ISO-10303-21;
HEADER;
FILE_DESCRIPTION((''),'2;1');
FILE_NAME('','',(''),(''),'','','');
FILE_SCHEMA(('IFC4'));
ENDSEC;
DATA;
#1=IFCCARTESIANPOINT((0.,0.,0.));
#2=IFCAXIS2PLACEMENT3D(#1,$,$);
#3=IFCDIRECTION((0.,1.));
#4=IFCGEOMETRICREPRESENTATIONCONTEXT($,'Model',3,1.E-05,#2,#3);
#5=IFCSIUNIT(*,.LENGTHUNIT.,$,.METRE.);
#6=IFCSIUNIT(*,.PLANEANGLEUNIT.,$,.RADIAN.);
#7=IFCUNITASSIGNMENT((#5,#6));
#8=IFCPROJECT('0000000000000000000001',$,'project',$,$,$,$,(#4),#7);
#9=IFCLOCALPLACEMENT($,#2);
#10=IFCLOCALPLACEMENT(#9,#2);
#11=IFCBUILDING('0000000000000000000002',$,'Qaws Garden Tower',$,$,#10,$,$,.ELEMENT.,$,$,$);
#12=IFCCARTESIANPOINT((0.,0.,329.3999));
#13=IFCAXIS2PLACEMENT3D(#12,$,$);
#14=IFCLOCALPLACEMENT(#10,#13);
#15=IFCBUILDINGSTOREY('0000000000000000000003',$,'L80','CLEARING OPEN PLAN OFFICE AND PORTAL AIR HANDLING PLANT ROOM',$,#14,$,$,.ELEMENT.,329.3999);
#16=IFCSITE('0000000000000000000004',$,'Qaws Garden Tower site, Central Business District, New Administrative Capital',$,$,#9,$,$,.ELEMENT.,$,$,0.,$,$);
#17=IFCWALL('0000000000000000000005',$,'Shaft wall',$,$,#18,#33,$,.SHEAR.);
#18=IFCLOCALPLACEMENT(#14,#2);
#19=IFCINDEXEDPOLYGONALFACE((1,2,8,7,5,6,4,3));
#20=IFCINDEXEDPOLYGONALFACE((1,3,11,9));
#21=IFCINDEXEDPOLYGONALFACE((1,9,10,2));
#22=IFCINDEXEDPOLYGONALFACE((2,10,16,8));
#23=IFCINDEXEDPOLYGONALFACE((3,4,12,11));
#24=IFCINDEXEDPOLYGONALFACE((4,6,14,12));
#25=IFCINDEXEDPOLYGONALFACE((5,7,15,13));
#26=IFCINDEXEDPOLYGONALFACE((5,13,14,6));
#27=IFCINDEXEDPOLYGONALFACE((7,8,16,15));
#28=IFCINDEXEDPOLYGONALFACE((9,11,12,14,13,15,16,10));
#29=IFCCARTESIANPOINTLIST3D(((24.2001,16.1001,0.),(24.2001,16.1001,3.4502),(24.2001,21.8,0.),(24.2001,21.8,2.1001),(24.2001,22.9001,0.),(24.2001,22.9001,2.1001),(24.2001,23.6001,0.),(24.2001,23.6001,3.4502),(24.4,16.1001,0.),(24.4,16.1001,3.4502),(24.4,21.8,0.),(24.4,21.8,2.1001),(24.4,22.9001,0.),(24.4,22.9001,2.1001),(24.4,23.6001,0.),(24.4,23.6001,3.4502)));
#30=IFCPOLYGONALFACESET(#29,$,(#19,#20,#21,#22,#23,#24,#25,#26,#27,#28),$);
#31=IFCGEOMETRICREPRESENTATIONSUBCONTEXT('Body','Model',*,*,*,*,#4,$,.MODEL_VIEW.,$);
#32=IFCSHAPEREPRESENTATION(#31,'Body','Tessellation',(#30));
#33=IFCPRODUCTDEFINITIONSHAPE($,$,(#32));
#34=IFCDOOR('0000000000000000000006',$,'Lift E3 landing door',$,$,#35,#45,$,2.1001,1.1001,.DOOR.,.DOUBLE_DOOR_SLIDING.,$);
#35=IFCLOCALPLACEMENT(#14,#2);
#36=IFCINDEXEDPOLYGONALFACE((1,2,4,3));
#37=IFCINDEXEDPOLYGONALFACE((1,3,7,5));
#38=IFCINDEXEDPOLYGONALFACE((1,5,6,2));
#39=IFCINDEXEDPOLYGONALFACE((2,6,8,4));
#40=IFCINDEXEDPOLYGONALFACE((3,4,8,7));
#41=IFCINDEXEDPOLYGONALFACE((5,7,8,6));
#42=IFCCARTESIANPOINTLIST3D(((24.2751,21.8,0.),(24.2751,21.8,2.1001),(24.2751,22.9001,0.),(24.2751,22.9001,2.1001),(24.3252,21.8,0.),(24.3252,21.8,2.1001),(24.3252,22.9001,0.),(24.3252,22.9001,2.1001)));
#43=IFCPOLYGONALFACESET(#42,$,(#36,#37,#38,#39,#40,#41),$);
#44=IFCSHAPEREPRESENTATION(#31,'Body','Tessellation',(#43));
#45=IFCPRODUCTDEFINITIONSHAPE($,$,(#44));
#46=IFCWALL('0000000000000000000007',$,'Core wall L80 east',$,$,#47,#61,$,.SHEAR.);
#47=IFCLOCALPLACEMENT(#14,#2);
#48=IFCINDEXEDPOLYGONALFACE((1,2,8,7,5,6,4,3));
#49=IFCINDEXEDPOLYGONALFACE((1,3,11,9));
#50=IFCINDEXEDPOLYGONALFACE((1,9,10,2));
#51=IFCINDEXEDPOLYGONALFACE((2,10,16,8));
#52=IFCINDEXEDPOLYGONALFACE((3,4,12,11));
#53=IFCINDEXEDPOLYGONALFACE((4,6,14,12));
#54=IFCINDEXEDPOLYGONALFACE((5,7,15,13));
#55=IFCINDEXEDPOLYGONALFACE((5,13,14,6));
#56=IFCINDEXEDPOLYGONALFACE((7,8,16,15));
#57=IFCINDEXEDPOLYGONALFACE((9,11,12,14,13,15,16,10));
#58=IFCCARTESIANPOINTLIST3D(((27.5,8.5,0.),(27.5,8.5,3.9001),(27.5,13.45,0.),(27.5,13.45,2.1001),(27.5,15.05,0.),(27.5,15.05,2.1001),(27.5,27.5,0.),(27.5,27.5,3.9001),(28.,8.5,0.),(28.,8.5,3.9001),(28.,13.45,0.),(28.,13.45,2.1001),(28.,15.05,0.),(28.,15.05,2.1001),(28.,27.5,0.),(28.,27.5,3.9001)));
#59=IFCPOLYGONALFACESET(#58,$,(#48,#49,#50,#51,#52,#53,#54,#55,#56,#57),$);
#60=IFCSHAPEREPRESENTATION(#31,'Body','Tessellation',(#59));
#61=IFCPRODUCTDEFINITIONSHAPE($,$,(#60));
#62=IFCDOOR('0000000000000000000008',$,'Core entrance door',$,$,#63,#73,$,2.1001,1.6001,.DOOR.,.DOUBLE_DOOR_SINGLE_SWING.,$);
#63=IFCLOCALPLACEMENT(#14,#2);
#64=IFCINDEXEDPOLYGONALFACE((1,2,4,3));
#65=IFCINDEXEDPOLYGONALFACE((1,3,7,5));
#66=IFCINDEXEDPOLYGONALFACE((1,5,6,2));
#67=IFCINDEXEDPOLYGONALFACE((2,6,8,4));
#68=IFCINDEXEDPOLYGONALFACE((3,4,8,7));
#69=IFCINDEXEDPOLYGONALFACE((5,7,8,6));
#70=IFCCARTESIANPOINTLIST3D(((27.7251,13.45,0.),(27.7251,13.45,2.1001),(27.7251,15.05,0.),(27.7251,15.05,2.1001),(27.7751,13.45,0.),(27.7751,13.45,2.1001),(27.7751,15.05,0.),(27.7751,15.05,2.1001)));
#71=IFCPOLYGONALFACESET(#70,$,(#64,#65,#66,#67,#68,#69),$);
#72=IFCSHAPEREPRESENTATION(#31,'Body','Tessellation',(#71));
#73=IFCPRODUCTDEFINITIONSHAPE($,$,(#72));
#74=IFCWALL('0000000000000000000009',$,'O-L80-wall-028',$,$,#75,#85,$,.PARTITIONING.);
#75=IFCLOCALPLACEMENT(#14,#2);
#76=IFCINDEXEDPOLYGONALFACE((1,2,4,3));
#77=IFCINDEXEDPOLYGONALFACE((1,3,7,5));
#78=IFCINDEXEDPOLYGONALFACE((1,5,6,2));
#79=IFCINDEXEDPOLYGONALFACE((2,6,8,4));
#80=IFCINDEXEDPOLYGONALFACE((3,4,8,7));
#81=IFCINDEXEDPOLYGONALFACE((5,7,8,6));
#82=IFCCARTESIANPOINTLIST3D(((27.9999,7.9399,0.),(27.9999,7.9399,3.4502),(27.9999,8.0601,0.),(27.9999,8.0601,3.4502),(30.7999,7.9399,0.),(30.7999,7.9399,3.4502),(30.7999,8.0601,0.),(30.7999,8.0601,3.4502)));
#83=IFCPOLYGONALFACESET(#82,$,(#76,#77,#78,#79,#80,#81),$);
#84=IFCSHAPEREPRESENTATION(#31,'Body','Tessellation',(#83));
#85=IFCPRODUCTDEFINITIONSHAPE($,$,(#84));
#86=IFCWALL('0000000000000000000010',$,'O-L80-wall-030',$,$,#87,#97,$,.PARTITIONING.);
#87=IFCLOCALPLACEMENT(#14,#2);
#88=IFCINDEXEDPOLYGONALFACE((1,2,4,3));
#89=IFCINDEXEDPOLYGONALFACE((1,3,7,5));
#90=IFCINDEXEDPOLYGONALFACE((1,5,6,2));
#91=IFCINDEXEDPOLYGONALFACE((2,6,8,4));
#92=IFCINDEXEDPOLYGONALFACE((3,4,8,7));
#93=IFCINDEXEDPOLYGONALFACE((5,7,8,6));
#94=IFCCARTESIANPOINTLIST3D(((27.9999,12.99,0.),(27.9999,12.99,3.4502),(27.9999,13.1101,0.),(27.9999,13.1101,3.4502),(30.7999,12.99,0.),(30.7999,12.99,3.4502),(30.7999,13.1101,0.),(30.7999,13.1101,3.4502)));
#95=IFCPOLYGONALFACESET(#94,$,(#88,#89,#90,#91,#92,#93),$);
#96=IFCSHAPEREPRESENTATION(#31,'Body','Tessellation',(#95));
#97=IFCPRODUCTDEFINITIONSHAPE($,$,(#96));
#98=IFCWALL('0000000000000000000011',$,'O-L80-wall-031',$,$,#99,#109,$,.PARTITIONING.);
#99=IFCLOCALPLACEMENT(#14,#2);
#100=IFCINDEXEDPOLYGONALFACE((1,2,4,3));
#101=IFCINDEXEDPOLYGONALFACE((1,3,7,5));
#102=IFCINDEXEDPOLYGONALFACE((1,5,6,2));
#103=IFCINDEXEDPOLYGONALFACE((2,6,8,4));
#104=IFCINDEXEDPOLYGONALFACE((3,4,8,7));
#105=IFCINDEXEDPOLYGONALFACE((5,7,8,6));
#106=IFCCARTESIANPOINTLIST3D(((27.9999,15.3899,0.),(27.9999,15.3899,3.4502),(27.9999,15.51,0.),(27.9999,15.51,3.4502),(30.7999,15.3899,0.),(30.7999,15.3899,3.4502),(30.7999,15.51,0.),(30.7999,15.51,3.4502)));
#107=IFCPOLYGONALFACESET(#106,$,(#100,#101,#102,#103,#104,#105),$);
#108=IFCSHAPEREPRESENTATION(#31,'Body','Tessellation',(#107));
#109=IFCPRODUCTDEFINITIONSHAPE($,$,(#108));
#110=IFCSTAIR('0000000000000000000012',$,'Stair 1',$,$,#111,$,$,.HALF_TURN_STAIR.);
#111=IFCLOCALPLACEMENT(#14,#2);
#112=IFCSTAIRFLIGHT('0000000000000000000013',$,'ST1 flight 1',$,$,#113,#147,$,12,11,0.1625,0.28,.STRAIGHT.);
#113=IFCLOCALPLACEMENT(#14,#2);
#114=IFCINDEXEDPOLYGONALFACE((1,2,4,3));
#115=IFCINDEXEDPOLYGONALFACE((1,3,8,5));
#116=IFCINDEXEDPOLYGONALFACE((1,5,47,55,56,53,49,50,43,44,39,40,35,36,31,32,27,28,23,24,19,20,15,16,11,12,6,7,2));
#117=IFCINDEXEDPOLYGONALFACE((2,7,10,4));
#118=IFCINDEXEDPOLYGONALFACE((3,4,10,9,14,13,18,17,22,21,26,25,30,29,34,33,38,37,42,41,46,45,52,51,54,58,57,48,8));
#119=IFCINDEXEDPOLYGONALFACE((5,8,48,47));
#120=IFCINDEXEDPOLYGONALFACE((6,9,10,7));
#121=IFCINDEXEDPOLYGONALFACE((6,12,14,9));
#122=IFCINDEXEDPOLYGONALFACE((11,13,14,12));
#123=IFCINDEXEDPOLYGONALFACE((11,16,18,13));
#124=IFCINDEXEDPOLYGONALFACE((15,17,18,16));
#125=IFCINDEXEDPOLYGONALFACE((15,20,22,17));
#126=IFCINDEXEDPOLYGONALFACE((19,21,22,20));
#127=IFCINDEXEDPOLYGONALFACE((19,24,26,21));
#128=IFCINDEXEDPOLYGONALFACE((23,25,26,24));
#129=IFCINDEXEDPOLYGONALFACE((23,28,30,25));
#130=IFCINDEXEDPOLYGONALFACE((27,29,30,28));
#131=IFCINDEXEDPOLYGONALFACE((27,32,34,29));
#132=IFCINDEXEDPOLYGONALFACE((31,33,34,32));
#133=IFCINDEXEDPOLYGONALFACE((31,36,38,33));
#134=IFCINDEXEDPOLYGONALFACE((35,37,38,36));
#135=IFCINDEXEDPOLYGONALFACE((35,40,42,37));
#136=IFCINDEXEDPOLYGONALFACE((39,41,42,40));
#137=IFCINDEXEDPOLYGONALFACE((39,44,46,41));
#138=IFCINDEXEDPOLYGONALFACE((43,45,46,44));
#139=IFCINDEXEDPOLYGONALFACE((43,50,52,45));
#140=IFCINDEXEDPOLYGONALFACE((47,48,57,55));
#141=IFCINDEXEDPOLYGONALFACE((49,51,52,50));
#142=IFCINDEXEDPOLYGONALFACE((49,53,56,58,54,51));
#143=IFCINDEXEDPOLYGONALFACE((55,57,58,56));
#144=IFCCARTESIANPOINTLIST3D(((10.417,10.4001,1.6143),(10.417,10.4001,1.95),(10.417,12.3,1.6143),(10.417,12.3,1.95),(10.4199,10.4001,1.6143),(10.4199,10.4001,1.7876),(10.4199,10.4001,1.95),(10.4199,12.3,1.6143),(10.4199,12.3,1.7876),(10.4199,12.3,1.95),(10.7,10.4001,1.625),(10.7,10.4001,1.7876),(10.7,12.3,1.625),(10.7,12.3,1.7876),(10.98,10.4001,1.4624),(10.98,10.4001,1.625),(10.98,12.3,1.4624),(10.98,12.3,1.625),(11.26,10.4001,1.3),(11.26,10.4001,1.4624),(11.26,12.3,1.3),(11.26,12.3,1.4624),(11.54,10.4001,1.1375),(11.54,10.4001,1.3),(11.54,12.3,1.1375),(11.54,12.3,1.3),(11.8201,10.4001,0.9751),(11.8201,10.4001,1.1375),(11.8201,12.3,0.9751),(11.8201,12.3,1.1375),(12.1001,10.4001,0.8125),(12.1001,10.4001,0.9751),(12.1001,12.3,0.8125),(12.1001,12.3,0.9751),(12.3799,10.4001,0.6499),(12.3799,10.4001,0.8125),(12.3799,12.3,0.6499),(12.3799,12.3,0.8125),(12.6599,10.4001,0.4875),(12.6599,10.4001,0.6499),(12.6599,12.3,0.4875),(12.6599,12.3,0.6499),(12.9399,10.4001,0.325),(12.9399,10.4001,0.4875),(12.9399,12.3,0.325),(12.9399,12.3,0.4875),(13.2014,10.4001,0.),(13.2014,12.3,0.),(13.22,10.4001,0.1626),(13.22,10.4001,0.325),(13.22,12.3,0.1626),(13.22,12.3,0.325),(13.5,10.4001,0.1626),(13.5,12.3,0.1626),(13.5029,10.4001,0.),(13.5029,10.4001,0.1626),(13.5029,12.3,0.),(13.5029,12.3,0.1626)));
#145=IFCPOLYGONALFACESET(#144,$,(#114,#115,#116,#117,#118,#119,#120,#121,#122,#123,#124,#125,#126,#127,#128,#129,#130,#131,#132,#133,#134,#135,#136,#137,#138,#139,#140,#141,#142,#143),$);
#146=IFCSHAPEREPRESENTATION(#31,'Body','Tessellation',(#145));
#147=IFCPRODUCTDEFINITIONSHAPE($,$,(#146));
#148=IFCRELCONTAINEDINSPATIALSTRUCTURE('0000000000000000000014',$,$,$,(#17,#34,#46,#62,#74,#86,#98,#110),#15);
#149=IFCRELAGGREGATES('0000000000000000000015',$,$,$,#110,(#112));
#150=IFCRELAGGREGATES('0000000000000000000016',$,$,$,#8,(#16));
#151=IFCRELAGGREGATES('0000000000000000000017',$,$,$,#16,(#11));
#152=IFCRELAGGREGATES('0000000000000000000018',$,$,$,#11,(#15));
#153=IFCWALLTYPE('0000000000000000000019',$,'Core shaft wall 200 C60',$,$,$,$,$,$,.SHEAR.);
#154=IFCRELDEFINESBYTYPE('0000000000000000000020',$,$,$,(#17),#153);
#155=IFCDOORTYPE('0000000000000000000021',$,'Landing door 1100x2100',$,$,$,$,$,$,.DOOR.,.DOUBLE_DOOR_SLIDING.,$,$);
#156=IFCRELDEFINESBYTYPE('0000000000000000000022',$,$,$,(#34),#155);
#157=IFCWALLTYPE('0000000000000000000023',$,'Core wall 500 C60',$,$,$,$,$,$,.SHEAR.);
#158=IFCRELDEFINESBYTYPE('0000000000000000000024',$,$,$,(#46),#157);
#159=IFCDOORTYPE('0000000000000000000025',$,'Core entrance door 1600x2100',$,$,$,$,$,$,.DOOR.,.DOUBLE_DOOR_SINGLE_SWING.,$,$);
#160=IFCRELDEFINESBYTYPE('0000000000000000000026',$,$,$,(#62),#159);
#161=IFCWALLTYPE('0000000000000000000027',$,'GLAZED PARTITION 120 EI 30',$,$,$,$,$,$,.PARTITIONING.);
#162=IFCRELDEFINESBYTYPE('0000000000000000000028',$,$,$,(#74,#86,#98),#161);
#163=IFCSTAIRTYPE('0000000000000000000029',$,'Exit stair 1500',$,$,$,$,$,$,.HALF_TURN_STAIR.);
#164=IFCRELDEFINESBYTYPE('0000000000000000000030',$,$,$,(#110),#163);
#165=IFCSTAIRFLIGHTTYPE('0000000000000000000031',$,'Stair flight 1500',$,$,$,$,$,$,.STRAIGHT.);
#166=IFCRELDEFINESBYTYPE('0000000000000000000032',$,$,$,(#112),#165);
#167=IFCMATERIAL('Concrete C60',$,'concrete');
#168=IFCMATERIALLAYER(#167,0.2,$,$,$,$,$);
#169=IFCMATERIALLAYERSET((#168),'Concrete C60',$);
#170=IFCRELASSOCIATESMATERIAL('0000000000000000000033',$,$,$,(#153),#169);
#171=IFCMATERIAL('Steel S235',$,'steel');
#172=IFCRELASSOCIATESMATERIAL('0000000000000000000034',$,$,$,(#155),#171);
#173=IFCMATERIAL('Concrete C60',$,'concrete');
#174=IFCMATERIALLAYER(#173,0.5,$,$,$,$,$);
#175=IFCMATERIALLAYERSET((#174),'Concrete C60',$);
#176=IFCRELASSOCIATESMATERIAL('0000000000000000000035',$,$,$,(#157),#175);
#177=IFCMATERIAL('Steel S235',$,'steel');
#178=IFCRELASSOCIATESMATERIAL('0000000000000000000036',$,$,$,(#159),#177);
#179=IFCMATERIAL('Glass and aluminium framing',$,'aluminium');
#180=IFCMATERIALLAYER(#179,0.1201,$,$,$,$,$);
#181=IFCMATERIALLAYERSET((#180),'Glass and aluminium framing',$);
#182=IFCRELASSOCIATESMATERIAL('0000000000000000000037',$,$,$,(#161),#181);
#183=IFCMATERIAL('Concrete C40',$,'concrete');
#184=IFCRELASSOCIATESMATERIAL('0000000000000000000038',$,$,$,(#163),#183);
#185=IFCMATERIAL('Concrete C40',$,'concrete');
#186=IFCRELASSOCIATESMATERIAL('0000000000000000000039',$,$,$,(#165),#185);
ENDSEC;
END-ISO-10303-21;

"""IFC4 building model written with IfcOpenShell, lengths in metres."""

from ifc_helpers import new_model, si_unit, direction, frame, frame_2d, origin, place, context, subcontext, project, spatial, polyline, rectangle, outline, extrude, material, layer, layer_set, type_object, element, fill, aggregate, save


model = new_model("IFC4")

# Units and contexts
model_context = context("Model", 3, precision=1e-05, world=origin(), true_north=direction((0.0, 1.0)))
body_context = subcontext(model_context, "Body", "Model", "MODEL_VIEW")
ifc_project = project(units=[si_unit("LENGTHUNIT", "METRE"), si_unit("PLANEANGLEUNIT", "RADIAN")], contexts=[model_context])

# Site, building, storey
site_placement = place(None, origin())
site = spatial("IfcSite", under=ifc_project, at=site_placement, Name="Qaws Garden Tower site, Central Business District, New Administrative Capital", CompositionType="ELEMENT", RefElevation=0.0)
building_placement = place(site_placement, origin())
building = spatial("IfcBuilding", under=site, at=building_placement, Name="Qaws Garden Tower", CompositionType="ELEMENT")
storey_placement = place(building_placement, frame((0.0, 0.0, 329.3999)))
storey = spatial("IfcBuildingStorey", under=building, at=storey_placement, Name="L80", Description="CLEARING OPEN PLAN OFFICE AND PORTAL AIR HANDLING PLANT ROOM", CompositionType="ELEMENT", Elevation=329.3999)

# Shared definitions
ifc_material_1 = material(Name="Concrete C60", Category="concrete")
ifc_layer_1 = layer(ifc_material_1, 0.2)
ifc_layer_set_1 = layer_set([ifc_layer_1], Name="Concrete C60")
wall_type_1 = type_object("IfcWallType", Name="Core shaft wall 200 C60", PredefinedType="SHEAR", material=ifc_layer_set_1)
ifc_material_2 = material(Name="Steel S235", Category="steel")
door_type_1 = type_object("IfcDoorType", Name="Landing door 1100x2100", OperationType="DOUBLE_DOOR_SLIDING", PredefinedType="DOOR", material=ifc_material_2)

# Walls, openings, doors
wall_1_placement = place(storey_placement, frame((24.3, 16.1001, 0.0), z_axis=(0.0, 0.0, 1.0), x_axis=(0.0, 1.0, 0.0)))
wall_1 = element("IfcWall", 1, at=wall_1_placement, inside=storey, type_object=wall_type_1, Name="Shaft wall", PredefinedType="SHEAR", context=body_context, shape_type="SweptSolid", body=[
    extrude(rectangle(XDim=7.5, YDim=0.2, at=frame_2d((3.75, 0.0))), origin(), (0.0, 0.0, 1.0), 3.4502),
])
opening_1_placement = place(wall_1_placement, frame((5.7, 0.0, 0.0)))
opening_1 = element("IfcOpeningElement", 2, at=opening_1_placement, cuts=wall_1, PredefinedType="OPENING", context=body_context, shape_type="SweptSolid", body=[
    extrude(rectangle(XDim=1.1001, YDim=2.1001, at=frame_2d((0.55, 1.05))), frame((0.0, 0.1099, 0.0), z_axis=(0.0, -1.0, 0.0), x_axis=(1.0, 0.0, 0.0)), (0.0, 0.0, 1.0), 0.22),
])
door_1_placement = place(opening_1_placement, origin())
door_1 = element("IfcDoor", 3, at=door_1_placement, inside=storey, type_object=door_type_1, Name="Lift E3 landing door", OperationType="DOUBLE_DOOR_SLIDING", OverallHeight=2.1001, OverallWidth=1.1001, PredefinedType="DOOR", context=body_context, shape_type="SweptSolid", body=[
    extrude(rectangle(XDim=1.1001, YDim=2.1001, at=frame_2d((0.55, 1.05))), frame((0.0, 0.0249, 0.0), z_axis=(0.0, -1.0, 0.0), x_axis=(1.0, 0.0, 0.0)), (0.0, 0.0, 1.0), 0.05),
])
fill(opening_1, door_1)
ifc_material_3 = material(Name="Concrete C60", Category="concrete")
ifc_layer_2 = layer(ifc_material_3, 0.5)
ifc_layer_set_2 = layer_set([ifc_layer_2], Name="Concrete C60")
wall_type_2 = type_object("IfcWallType", Name="Core wall 500 C60", PredefinedType="SHEAR", material=ifc_layer_set_2)
wall_2_placement = place(storey_placement, frame((27.75, 8.5, 0.0), z_axis=(0.0, 0.0, 1.0), x_axis=(0.0, 1.0, 0.0)))
wall_2 = element("IfcWall", 4, at=wall_2_placement, inside=storey, type_object=wall_type_2, Name="Core wall L80 east", PredefinedType="SHEAR", context=body_context, shape_type="SweptSolid", body=[
    extrude(rectangle(XDim=19.0, YDim=0.5, at=frame_2d((9.5, 0.0))), origin(), (0.0, 0.0, 1.0), 3.9001),
])
opening_2_placement = place(wall_2_placement, frame((4.95, 0.0, 0.0)))
opening_2 = element("IfcOpeningElement", 5, at=opening_2_placement, cuts=wall_2, PredefinedType="OPENING", context=body_context, shape_type="SweptSolid", body=[
    extrude(rectangle(XDim=1.6001, YDim=2.1001, at=frame_2d((0.8, 1.05))), frame((0.0, 0.26, 0.0), z_axis=(0.0, -1.0, 0.0), x_axis=(1.0, 0.0, 0.0)), (0.0, 0.0, 1.0), 0.52),
])
ifc_material_4 = material(Name="Steel S235", Category="steel")
door_type_2 = type_object("IfcDoorType", Name="Core entrance door 1600x2100", OperationType="DOUBLE_DOOR_SINGLE_SWING", PredefinedType="DOOR", material=ifc_material_4)
door_2_placement = place(opening_2_placement, origin())
door_2 = element("IfcDoor", 6, at=door_2_placement, inside=storey, type_object=door_type_2, Name="Core entrance door", OperationType="DOUBLE_DOOR_SINGLE_SWING", OverallHeight=2.1001, OverallWidth=1.6001, PredefinedType="DOOR", context=body_context, shape_type="SweptSolid", body=[
    extrude(rectangle(XDim=1.6001, YDim=2.1001, at=frame_2d((0.8, 1.05))), frame((0.0, 0.0249, 0.0), z_axis=(0.0, -1.0, 0.0), x_axis=(1.0, 0.0, 0.0)), (0.0, 0.0, 1.0), 0.05),
])
fill(opening_2, door_2)

# Walls
ifc_material_5 = material(Name="Glass and aluminium framing", Category="aluminium")
ifc_layer_3 = layer(ifc_material_5, 0.1201)
ifc_layer_set_3 = layer_set([ifc_layer_3], Name="Glass and aluminium framing")
wall_type_3 = type_object("IfcWallType", Name="GLAZED PARTITION 120 EI 30", PredefinedType="PARTITIONING", material=ifc_layer_set_3)
for number, where, z_axis, x_axis, name in (
    (7, (28.0, 8.0, 0.0), (0.0, 0.0, 1.0), (1.0, 0.0, 0.0), "O-L80-wall-028"),
    (8, (28.0, 13.05, 0.0), (0.0, 0.0, 1.0), (1.0, 0.0, 0.0), "O-L80-wall-030"),
    (9, (28.0, 15.45, 0.0), (0.0, 0.0, 1.0), (1.0, 0.0, 0.0), "O-L80-wall-031"),
):
    element("IfcWall", number, at=place(storey_placement, frame(where, z_axis=z_axis, x_axis=x_axis)), inside=storey, type_object=wall_type_3, Name=name, PredefinedType="PARTITIONING", context=body_context, shape_type="SweptSolid", body=[
        extrude(rectangle(XDim=2.8, YDim=0.1201, at=frame_2d((1.3999, 0.0))), origin(), (0.0, 0.0, 1.0), 3.4502),
    ])

# Stair, stair flight
ifc_material_6 = material(Name="Concrete C40", Category="concrete")
stair_type = type_object("IfcStairType", Name="Exit stair 1500", PredefinedType="HALF_TURN_STAIR", material=ifc_material_6)
stair_placement = place(storey_placement, origin())
stair = element("IfcStair", 10, at=stair_placement, inside=storey, type_object=stair_type, Name="Stair 1", PredefinedType="HALF_TURN_STAIR")
ifc_material_7 = material(Name="Concrete C40", Category="concrete")
stair_flight_type = type_object("IfcStairFlightType", Name="Stair flight 1500", PredefinedType="STRAIGHT", material=ifc_material_7)
stair_flight_placement = place(storey_placement, frame((13.5, 11.3501, 0.0), z_axis=(0.0, 0.0, 1.0), x_axis=(-1.0, 0.0, 0.0)))
stair_flight = element("IfcStairFlight", 11, at=stair_flight_placement, type_object=stair_flight_type, Name="ST1 flight 1", NumberOfRisers=12, NumberOfTreads=11, PredefinedType="STRAIGHT", RiserHeight=0.1625, TreadLength=0.28, context=body_context, shape_type="SweptSolid", body=[
    extrude(outline(polyline([(-0.0029, 0.0), (-0.0029, 0.1626), (0.0, 0.1626), (0.28, 0.1626), (0.28, 0.325), (0.5601, 0.325), (0.5601, 0.4875), (0.8401, 0.4875), (0.8401, 0.6499), (1.1201, 0.6499), (1.1201, 0.8125), (1.3999, 0.8125), (1.3999, 0.9751), (1.6799, 0.9751), (1.6799, 1.1375), (1.96, 1.1375), (1.96, 1.3), (2.24, 1.3), (2.24, 1.4624), (2.52, 1.4624), (2.52, 1.625), (2.8, 1.625), (2.8, 1.7876), (3.0801, 1.7876), (3.0801, 1.95), (3.083, 1.95), (3.083, 1.6143), (3.0801, 1.6143), (0.2986, 0.0), (-0.0029, 0.0)])), frame((0.0, 0.95, 0.0), z_axis=(0.0, -1.0, 0.0), x_axis=(1.0, 0.0, 0.0)), (0.0, 0.0, 1.0), 1.8999),
])
aggregate(stair, [stair_flight])

save(model, "model.ifc")
